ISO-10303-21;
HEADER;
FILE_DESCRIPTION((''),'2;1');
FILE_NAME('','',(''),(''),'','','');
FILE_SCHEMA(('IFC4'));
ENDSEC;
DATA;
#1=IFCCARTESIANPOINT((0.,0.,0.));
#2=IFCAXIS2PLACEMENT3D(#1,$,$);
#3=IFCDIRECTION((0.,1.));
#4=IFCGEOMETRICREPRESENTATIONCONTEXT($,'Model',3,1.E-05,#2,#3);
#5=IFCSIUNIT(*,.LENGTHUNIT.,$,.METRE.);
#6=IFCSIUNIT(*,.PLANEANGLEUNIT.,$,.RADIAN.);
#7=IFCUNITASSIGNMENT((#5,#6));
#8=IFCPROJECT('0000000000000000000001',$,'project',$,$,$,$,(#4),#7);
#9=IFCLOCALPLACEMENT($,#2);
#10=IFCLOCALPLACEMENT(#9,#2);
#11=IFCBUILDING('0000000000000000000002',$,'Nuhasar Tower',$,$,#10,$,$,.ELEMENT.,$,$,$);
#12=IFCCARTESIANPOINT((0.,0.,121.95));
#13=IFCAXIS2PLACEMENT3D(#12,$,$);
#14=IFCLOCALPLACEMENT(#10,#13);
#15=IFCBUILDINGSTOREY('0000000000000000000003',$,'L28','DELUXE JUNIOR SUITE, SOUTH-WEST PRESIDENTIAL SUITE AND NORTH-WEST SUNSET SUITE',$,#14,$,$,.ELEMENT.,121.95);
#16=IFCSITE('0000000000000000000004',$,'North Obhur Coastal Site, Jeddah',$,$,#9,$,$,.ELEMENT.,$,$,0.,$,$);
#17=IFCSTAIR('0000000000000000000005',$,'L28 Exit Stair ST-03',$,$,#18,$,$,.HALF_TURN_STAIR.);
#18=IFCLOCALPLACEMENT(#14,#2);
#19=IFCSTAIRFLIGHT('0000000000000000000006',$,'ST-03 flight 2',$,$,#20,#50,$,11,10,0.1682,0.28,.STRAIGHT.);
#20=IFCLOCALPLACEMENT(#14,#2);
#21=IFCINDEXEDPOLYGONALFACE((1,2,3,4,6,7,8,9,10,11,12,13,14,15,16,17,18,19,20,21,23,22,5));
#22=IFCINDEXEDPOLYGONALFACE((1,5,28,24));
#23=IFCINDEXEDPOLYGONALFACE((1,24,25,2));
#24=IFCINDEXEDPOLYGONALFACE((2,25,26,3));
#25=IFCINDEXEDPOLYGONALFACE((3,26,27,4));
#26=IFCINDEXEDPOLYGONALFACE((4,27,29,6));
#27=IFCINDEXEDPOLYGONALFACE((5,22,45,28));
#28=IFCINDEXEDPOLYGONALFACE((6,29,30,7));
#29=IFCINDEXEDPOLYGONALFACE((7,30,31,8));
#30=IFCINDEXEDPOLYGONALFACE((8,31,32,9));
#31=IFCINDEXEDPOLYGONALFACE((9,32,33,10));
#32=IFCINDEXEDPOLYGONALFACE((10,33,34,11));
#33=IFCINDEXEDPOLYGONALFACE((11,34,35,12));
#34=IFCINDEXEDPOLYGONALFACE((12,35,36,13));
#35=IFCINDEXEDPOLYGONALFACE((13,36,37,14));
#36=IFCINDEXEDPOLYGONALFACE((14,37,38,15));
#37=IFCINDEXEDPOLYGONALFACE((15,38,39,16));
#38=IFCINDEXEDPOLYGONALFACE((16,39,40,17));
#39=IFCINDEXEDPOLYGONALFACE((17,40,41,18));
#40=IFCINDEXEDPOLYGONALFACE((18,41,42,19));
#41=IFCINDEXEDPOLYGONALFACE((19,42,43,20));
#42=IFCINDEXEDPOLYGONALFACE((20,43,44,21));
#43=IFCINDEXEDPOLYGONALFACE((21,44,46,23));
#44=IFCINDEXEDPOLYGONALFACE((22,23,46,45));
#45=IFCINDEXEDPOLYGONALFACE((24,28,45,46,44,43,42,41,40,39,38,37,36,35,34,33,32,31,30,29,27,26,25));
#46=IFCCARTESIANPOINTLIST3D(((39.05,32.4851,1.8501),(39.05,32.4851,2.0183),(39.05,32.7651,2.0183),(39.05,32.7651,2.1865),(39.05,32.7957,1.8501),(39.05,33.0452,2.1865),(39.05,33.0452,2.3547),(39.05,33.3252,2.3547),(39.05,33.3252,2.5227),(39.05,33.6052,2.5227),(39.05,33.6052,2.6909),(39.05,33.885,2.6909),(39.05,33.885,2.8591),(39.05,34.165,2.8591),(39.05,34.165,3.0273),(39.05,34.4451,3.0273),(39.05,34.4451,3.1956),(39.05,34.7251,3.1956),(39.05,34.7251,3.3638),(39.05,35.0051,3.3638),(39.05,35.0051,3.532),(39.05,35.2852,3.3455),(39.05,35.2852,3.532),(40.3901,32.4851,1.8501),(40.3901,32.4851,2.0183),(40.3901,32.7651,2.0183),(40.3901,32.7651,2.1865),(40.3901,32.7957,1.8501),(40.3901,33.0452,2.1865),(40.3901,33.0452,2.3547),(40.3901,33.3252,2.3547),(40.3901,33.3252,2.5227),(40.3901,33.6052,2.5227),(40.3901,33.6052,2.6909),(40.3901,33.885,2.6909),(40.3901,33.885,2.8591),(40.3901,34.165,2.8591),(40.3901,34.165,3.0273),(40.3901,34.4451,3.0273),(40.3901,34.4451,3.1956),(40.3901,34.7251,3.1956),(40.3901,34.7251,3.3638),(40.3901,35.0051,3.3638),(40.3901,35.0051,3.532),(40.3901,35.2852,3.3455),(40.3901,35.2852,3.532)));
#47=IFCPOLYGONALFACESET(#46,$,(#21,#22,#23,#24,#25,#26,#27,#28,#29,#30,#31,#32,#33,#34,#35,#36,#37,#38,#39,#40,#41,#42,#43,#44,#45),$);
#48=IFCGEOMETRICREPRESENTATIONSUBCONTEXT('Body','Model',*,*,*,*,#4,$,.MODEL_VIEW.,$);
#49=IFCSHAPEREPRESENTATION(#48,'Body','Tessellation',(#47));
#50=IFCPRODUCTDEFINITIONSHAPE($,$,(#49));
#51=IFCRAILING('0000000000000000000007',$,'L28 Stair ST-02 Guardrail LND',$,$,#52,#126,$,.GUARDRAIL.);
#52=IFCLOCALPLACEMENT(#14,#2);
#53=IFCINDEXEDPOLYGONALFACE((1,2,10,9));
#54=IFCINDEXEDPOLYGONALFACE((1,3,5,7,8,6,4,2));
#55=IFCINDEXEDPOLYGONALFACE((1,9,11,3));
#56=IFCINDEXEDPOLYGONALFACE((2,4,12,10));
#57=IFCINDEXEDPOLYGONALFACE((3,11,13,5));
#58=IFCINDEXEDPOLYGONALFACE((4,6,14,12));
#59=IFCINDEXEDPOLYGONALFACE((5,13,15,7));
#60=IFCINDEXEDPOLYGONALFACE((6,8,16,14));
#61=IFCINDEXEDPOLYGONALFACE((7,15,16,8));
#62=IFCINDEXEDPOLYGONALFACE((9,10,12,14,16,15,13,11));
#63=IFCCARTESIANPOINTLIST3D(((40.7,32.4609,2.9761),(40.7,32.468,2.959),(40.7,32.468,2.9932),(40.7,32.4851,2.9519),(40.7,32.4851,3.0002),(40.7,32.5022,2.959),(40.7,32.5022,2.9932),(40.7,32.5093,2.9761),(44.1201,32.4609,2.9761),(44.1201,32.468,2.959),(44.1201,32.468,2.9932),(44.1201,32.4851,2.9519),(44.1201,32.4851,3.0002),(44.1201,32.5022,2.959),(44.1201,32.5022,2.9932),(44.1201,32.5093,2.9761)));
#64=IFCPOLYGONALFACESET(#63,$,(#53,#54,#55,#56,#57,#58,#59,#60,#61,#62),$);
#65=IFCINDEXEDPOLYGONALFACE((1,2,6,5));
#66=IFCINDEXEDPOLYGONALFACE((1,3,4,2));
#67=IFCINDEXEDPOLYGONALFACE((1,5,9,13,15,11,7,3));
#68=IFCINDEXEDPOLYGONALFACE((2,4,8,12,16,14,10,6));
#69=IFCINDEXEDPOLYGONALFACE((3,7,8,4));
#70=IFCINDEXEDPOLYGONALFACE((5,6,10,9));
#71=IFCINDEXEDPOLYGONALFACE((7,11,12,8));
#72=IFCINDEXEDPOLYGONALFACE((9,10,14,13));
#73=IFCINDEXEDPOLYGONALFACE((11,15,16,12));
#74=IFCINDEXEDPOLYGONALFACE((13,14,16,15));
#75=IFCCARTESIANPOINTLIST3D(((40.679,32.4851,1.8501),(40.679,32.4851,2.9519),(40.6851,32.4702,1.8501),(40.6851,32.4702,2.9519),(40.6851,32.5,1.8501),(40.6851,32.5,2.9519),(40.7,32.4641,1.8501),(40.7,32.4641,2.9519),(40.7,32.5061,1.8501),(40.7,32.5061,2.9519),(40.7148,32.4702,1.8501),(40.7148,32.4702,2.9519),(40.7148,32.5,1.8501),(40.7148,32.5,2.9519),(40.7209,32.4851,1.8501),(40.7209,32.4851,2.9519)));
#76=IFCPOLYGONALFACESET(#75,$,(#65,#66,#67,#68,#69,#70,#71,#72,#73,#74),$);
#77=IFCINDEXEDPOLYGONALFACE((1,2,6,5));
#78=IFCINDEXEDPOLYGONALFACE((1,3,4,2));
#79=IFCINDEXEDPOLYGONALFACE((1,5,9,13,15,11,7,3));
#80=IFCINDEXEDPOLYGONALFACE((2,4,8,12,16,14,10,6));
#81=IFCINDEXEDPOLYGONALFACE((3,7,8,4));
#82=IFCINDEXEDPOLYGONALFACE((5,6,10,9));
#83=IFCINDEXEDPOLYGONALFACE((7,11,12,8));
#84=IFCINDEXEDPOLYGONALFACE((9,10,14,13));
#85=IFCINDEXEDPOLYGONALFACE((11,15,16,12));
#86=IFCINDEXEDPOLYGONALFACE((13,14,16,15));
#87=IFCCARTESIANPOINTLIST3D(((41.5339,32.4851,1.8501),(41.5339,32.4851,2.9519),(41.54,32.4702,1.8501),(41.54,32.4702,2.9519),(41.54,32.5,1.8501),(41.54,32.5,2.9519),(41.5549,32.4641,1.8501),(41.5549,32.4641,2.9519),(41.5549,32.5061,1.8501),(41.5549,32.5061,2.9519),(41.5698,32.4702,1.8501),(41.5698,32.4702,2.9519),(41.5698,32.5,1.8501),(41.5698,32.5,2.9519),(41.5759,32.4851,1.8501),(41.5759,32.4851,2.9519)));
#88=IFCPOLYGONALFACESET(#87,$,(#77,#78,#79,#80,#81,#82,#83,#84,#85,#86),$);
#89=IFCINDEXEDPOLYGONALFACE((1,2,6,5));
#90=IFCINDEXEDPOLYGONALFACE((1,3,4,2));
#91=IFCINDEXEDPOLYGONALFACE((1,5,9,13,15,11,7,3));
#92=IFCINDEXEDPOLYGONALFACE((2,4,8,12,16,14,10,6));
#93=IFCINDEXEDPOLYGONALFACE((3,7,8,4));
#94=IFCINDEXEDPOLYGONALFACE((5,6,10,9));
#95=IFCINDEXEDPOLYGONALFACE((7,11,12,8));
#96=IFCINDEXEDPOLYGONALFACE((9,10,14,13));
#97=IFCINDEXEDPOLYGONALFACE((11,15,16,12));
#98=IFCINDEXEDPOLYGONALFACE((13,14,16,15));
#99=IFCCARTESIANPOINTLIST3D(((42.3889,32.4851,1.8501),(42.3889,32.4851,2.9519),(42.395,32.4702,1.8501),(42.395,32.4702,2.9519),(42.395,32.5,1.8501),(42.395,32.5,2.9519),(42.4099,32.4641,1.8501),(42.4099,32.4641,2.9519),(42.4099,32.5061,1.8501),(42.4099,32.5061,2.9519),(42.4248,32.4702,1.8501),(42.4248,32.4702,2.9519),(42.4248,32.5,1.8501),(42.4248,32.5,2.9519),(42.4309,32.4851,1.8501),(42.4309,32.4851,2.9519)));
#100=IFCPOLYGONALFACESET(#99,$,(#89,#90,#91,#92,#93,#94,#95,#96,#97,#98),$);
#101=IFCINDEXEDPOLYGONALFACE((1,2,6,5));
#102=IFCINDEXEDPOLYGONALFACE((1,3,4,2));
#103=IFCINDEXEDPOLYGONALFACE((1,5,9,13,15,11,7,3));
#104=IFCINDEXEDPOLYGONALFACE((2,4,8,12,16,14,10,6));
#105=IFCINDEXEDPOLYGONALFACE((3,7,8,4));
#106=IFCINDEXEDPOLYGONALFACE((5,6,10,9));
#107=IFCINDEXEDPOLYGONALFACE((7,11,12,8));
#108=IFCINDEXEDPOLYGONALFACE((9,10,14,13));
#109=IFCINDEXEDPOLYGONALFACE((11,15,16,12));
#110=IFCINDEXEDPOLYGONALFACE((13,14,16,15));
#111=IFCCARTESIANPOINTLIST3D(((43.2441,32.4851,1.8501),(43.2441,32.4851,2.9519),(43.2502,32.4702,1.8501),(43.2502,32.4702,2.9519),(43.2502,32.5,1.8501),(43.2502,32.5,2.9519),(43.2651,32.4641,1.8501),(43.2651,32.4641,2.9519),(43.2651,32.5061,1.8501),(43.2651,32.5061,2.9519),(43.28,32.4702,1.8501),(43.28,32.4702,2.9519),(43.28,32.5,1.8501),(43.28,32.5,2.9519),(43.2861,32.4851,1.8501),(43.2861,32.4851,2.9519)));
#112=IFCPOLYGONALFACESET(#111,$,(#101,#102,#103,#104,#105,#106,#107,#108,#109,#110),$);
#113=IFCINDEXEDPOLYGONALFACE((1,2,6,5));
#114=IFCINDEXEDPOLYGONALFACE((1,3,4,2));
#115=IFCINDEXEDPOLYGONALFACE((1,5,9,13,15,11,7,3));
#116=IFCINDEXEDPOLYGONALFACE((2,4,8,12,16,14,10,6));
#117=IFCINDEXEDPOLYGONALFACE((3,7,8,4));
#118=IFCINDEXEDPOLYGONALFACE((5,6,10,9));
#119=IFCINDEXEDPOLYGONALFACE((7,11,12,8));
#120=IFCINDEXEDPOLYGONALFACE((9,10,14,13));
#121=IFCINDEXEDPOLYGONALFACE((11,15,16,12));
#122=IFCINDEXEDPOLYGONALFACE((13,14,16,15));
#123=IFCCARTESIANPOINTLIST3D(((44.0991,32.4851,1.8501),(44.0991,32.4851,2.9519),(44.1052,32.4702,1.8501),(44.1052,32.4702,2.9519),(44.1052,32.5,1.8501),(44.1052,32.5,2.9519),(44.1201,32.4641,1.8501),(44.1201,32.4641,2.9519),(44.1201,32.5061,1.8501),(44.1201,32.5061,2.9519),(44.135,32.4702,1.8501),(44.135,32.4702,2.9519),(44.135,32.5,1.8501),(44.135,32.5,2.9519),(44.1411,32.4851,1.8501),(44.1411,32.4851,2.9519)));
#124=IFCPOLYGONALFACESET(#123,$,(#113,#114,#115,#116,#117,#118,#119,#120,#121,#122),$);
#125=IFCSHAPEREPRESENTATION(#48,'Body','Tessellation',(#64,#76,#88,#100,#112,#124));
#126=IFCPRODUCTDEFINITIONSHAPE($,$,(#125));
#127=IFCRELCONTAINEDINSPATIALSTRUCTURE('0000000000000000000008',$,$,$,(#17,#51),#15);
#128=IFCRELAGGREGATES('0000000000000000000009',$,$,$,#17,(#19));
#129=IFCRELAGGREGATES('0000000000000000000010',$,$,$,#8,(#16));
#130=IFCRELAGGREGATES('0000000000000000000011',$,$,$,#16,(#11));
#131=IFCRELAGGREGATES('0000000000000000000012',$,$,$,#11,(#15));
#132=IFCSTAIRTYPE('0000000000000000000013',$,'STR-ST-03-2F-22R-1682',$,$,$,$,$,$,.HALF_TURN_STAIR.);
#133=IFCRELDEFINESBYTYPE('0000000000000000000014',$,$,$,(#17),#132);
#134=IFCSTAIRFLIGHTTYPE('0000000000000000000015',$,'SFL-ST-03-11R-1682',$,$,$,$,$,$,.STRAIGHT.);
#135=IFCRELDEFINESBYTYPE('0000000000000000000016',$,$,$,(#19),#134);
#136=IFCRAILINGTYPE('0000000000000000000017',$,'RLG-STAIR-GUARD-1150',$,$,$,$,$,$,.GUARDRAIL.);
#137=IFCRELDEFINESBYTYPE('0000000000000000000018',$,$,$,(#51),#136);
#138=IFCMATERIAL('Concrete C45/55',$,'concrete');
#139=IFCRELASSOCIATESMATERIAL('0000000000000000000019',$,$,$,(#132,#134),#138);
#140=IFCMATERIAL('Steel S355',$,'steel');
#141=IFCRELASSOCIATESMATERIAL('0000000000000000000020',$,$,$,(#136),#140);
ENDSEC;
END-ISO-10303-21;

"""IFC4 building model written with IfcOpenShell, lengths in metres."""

from ifc_helpers import new_model, si_unit, direction, frame, origin, place, context, subcontext, project, spatial, polyline, outline, extrude, material, type_object, element, aggregate, save


model = new_model("IFC4")

# Units and contexts
model_context = context("Model", 3, precision=1e-05, world=origin(), true_north=direction((0.0, 1.0)))
body_context = subcontext(model_context, "Body", "Model", "MODEL_VIEW")
ifc_project = project(units=[si_unit("LENGTHUNIT", "METRE"), si_unit("PLANEANGLEUNIT", "RADIAN")], contexts=[model_context])

# Site, building, storey
site_placement = place(None, origin())
site = spatial("IfcSite", under=ifc_project, at=site_placement, Name="North Obhur Coastal Site, Jeddah", CompositionType="ELEMENT", RefElevation=0.0)
building_placement = place(site_placement, origin())
building = spatial("IfcBuilding", under=site, at=building_placement, Name="Nuhasar Tower", CompositionType="ELEMENT")
storey_placement = place(building_placement, frame((0.0, 0.0, 121.95)))
storey = spatial("IfcBuildingStorey", under=building, at=storey_placement, Name="L28", Description="DELUXE JUNIOR SUITE, SOUTH-WEST PRESIDENTIAL SUITE AND NORTH-WEST SUNSET SUITE", CompositionType="ELEMENT", Elevation=121.95)

# Shared definitions
ifc_material_1 = material(Name="Steel S355", Category="steel")

# Shared definitions
ifc_material_2 = material(Name="Concrete C45/55", Category="concrete")

# Stair, stair flight
stair_type_1 = type_object("IfcStairType", Name="STR-ST-03-2F-22R-1682", PredefinedType="HALF_TURN_STAIR", material=ifc_material_2)
stair_1_placement = place(storey_placement, origin())
stair_1 = element("IfcStair", 1, at=stair_1_placement, inside=storey, type_object=stair_type_1, Name="L28 Exit Stair ST-03", PredefinedType="HALF_TURN_STAIR")
stair_flight_type_1 = type_object("IfcStairFlightType", Name="SFL-ST-03-11R-1682", PredefinedType="STRAIGHT", material=ifc_material_2)
stair_flight_1_placement = place(storey_placement, frame((39.72, 32.4851, 1.8501), z_axis=(0.0, 0.0, 1.0), x_axis=(0.0, 1.0, 0.0)))
stair_flight_1 = element("IfcStairFlight", 2, at=stair_flight_1_placement, type_object=stair_flight_type_1, Name="ST-03 flight 2", NumberOfRisers=11, NumberOfTreads=10, PredefinedType="STRAIGHT", RiserHeight=0.1682, TreadLength=0.28, context=body_context, shape_type="SweptSolid", body=[
    extrude(outline(polyline([(0.0, 0.0), (0.0, 0.1682), (0.28, 0.1682), (0.28, 0.3364), (0.5601, 0.3364), (0.5601, 0.5046), (0.8401, 0.5046), (0.8401, 0.6726), (1.1201, 0.6726), (1.1201, 0.8408), (1.3999, 0.8408), (1.3999, 1.009), (1.6799, 1.009), (1.6799, 1.1772), (1.96, 1.1772), (1.96, 1.3455), (2.24, 1.3455), (2.24, 1.5137), (2.52, 1.5137), (2.52, 1.6819), (2.8, 1.6819), (2.8, 1.8501), (2.8, 1.4954), (0.3105, 0.0), (0.0, 0.0)])), frame((0.0, 0.6699, 0.0), z_axis=(0.0, -1.0, 0.0), x_axis=(1.0, 0.0, 0.0)), (0.0, 0.0, 1.0), 1.3401),
])
aggregate(stair_1, [stair_flight_1])

# Railing
railing_type_1 = type_object("IfcRailingType", Name="RLG-STAIR-GUARD-1150", PredefinedType="GUARDRAIL", material=ifc_material_1)
railing_1_placement = place(storey_placement, frame((40.7, 32.4851, 1.8501)))
element("IfcRailing", 3, at=railing_1_placement, inside=storey, type_object=railing_type_1, Name="L28 Stair ST-02 Guardrail LND", PredefinedType="GUARDRAIL", context=body_context, shape_type="SweptSolid", body=[
    extrude(outline(polyline([(0.0242, 0.0), (0.0171, 0.0171), (0.0, 0.0242), (-0.0171, 0.0171), (-0.0242, 0.0), (-0.0171, -0.0171), (0.0, -0.0242), (0.0171, -0.0171), (0.0242, 0.0)])), frame((0.0, 0.0, 1.126), z_axis=(1.0, 0.0, 0.0), x_axis=(0.0, 1.0, 0.0)), (0.0, 0.0, 1.0), 3.4202),
    extrude(outline(polyline([(0.021, 0.0), (0.0149, 0.0149), (0.0, 0.021), (-0.0149, 0.0149), (-0.021, 0.0), (-0.0149, -0.0149), (0.0, -0.021), (0.0149, -0.0149), (0.021, 0.0)])), origin(), (0.0, 0.0, 1.0), 1.1018),
    extrude(outline(polyline([(0.021, 0.0), (0.0149, 0.0149), (0.0, 0.021), (-0.0149, 0.0149), (-0.021, 0.0), (-0.0149, -0.0149), (0.0, -0.021), (0.0149, -0.0149), (0.021, 0.0)])), frame((0.855, 0.0, 0.0)), (0.0, 0.0, 1.0), 1.1018),
    extrude(outline(polyline([(0.021, 0.0), (0.0149, 0.0149), (0.0, 0.021), (-0.0149, 0.0149), (-0.021, 0.0), (-0.0149, -0.0149), (0.0, -0.021), (0.0149, -0.0149), (0.021, 0.0)])), frame((1.71, 0.0, 0.0)), (0.0, 0.0, 1.0), 1.1018),
    extrude(outline(polyline([(0.021, 0.0), (0.0149, 0.0149), (0.0, 0.021), (-0.0149, 0.0149), (-0.021, 0.0), (-0.0149, -0.0149), (0.0, -0.021), (0.0149, -0.0149), (0.021, 0.0)])), frame((2.5652, 0.0, 0.0)), (0.0, 0.0, 1.0), 1.1018),
    extrude(outline(polyline([(0.021, 0.0), (0.0149, 0.0149), (0.0, 0.021), (-0.0149, 0.0149), (-0.021, 0.0), (-0.0149, -0.0149), (0.0, -0.021), (0.0149, -0.0149), (0.021, 0.0)])), frame((3.4202, 0.0, 0.0)), (0.0, 0.0, 1.0), 1.1018),
])

save(model, "model.ifc")
